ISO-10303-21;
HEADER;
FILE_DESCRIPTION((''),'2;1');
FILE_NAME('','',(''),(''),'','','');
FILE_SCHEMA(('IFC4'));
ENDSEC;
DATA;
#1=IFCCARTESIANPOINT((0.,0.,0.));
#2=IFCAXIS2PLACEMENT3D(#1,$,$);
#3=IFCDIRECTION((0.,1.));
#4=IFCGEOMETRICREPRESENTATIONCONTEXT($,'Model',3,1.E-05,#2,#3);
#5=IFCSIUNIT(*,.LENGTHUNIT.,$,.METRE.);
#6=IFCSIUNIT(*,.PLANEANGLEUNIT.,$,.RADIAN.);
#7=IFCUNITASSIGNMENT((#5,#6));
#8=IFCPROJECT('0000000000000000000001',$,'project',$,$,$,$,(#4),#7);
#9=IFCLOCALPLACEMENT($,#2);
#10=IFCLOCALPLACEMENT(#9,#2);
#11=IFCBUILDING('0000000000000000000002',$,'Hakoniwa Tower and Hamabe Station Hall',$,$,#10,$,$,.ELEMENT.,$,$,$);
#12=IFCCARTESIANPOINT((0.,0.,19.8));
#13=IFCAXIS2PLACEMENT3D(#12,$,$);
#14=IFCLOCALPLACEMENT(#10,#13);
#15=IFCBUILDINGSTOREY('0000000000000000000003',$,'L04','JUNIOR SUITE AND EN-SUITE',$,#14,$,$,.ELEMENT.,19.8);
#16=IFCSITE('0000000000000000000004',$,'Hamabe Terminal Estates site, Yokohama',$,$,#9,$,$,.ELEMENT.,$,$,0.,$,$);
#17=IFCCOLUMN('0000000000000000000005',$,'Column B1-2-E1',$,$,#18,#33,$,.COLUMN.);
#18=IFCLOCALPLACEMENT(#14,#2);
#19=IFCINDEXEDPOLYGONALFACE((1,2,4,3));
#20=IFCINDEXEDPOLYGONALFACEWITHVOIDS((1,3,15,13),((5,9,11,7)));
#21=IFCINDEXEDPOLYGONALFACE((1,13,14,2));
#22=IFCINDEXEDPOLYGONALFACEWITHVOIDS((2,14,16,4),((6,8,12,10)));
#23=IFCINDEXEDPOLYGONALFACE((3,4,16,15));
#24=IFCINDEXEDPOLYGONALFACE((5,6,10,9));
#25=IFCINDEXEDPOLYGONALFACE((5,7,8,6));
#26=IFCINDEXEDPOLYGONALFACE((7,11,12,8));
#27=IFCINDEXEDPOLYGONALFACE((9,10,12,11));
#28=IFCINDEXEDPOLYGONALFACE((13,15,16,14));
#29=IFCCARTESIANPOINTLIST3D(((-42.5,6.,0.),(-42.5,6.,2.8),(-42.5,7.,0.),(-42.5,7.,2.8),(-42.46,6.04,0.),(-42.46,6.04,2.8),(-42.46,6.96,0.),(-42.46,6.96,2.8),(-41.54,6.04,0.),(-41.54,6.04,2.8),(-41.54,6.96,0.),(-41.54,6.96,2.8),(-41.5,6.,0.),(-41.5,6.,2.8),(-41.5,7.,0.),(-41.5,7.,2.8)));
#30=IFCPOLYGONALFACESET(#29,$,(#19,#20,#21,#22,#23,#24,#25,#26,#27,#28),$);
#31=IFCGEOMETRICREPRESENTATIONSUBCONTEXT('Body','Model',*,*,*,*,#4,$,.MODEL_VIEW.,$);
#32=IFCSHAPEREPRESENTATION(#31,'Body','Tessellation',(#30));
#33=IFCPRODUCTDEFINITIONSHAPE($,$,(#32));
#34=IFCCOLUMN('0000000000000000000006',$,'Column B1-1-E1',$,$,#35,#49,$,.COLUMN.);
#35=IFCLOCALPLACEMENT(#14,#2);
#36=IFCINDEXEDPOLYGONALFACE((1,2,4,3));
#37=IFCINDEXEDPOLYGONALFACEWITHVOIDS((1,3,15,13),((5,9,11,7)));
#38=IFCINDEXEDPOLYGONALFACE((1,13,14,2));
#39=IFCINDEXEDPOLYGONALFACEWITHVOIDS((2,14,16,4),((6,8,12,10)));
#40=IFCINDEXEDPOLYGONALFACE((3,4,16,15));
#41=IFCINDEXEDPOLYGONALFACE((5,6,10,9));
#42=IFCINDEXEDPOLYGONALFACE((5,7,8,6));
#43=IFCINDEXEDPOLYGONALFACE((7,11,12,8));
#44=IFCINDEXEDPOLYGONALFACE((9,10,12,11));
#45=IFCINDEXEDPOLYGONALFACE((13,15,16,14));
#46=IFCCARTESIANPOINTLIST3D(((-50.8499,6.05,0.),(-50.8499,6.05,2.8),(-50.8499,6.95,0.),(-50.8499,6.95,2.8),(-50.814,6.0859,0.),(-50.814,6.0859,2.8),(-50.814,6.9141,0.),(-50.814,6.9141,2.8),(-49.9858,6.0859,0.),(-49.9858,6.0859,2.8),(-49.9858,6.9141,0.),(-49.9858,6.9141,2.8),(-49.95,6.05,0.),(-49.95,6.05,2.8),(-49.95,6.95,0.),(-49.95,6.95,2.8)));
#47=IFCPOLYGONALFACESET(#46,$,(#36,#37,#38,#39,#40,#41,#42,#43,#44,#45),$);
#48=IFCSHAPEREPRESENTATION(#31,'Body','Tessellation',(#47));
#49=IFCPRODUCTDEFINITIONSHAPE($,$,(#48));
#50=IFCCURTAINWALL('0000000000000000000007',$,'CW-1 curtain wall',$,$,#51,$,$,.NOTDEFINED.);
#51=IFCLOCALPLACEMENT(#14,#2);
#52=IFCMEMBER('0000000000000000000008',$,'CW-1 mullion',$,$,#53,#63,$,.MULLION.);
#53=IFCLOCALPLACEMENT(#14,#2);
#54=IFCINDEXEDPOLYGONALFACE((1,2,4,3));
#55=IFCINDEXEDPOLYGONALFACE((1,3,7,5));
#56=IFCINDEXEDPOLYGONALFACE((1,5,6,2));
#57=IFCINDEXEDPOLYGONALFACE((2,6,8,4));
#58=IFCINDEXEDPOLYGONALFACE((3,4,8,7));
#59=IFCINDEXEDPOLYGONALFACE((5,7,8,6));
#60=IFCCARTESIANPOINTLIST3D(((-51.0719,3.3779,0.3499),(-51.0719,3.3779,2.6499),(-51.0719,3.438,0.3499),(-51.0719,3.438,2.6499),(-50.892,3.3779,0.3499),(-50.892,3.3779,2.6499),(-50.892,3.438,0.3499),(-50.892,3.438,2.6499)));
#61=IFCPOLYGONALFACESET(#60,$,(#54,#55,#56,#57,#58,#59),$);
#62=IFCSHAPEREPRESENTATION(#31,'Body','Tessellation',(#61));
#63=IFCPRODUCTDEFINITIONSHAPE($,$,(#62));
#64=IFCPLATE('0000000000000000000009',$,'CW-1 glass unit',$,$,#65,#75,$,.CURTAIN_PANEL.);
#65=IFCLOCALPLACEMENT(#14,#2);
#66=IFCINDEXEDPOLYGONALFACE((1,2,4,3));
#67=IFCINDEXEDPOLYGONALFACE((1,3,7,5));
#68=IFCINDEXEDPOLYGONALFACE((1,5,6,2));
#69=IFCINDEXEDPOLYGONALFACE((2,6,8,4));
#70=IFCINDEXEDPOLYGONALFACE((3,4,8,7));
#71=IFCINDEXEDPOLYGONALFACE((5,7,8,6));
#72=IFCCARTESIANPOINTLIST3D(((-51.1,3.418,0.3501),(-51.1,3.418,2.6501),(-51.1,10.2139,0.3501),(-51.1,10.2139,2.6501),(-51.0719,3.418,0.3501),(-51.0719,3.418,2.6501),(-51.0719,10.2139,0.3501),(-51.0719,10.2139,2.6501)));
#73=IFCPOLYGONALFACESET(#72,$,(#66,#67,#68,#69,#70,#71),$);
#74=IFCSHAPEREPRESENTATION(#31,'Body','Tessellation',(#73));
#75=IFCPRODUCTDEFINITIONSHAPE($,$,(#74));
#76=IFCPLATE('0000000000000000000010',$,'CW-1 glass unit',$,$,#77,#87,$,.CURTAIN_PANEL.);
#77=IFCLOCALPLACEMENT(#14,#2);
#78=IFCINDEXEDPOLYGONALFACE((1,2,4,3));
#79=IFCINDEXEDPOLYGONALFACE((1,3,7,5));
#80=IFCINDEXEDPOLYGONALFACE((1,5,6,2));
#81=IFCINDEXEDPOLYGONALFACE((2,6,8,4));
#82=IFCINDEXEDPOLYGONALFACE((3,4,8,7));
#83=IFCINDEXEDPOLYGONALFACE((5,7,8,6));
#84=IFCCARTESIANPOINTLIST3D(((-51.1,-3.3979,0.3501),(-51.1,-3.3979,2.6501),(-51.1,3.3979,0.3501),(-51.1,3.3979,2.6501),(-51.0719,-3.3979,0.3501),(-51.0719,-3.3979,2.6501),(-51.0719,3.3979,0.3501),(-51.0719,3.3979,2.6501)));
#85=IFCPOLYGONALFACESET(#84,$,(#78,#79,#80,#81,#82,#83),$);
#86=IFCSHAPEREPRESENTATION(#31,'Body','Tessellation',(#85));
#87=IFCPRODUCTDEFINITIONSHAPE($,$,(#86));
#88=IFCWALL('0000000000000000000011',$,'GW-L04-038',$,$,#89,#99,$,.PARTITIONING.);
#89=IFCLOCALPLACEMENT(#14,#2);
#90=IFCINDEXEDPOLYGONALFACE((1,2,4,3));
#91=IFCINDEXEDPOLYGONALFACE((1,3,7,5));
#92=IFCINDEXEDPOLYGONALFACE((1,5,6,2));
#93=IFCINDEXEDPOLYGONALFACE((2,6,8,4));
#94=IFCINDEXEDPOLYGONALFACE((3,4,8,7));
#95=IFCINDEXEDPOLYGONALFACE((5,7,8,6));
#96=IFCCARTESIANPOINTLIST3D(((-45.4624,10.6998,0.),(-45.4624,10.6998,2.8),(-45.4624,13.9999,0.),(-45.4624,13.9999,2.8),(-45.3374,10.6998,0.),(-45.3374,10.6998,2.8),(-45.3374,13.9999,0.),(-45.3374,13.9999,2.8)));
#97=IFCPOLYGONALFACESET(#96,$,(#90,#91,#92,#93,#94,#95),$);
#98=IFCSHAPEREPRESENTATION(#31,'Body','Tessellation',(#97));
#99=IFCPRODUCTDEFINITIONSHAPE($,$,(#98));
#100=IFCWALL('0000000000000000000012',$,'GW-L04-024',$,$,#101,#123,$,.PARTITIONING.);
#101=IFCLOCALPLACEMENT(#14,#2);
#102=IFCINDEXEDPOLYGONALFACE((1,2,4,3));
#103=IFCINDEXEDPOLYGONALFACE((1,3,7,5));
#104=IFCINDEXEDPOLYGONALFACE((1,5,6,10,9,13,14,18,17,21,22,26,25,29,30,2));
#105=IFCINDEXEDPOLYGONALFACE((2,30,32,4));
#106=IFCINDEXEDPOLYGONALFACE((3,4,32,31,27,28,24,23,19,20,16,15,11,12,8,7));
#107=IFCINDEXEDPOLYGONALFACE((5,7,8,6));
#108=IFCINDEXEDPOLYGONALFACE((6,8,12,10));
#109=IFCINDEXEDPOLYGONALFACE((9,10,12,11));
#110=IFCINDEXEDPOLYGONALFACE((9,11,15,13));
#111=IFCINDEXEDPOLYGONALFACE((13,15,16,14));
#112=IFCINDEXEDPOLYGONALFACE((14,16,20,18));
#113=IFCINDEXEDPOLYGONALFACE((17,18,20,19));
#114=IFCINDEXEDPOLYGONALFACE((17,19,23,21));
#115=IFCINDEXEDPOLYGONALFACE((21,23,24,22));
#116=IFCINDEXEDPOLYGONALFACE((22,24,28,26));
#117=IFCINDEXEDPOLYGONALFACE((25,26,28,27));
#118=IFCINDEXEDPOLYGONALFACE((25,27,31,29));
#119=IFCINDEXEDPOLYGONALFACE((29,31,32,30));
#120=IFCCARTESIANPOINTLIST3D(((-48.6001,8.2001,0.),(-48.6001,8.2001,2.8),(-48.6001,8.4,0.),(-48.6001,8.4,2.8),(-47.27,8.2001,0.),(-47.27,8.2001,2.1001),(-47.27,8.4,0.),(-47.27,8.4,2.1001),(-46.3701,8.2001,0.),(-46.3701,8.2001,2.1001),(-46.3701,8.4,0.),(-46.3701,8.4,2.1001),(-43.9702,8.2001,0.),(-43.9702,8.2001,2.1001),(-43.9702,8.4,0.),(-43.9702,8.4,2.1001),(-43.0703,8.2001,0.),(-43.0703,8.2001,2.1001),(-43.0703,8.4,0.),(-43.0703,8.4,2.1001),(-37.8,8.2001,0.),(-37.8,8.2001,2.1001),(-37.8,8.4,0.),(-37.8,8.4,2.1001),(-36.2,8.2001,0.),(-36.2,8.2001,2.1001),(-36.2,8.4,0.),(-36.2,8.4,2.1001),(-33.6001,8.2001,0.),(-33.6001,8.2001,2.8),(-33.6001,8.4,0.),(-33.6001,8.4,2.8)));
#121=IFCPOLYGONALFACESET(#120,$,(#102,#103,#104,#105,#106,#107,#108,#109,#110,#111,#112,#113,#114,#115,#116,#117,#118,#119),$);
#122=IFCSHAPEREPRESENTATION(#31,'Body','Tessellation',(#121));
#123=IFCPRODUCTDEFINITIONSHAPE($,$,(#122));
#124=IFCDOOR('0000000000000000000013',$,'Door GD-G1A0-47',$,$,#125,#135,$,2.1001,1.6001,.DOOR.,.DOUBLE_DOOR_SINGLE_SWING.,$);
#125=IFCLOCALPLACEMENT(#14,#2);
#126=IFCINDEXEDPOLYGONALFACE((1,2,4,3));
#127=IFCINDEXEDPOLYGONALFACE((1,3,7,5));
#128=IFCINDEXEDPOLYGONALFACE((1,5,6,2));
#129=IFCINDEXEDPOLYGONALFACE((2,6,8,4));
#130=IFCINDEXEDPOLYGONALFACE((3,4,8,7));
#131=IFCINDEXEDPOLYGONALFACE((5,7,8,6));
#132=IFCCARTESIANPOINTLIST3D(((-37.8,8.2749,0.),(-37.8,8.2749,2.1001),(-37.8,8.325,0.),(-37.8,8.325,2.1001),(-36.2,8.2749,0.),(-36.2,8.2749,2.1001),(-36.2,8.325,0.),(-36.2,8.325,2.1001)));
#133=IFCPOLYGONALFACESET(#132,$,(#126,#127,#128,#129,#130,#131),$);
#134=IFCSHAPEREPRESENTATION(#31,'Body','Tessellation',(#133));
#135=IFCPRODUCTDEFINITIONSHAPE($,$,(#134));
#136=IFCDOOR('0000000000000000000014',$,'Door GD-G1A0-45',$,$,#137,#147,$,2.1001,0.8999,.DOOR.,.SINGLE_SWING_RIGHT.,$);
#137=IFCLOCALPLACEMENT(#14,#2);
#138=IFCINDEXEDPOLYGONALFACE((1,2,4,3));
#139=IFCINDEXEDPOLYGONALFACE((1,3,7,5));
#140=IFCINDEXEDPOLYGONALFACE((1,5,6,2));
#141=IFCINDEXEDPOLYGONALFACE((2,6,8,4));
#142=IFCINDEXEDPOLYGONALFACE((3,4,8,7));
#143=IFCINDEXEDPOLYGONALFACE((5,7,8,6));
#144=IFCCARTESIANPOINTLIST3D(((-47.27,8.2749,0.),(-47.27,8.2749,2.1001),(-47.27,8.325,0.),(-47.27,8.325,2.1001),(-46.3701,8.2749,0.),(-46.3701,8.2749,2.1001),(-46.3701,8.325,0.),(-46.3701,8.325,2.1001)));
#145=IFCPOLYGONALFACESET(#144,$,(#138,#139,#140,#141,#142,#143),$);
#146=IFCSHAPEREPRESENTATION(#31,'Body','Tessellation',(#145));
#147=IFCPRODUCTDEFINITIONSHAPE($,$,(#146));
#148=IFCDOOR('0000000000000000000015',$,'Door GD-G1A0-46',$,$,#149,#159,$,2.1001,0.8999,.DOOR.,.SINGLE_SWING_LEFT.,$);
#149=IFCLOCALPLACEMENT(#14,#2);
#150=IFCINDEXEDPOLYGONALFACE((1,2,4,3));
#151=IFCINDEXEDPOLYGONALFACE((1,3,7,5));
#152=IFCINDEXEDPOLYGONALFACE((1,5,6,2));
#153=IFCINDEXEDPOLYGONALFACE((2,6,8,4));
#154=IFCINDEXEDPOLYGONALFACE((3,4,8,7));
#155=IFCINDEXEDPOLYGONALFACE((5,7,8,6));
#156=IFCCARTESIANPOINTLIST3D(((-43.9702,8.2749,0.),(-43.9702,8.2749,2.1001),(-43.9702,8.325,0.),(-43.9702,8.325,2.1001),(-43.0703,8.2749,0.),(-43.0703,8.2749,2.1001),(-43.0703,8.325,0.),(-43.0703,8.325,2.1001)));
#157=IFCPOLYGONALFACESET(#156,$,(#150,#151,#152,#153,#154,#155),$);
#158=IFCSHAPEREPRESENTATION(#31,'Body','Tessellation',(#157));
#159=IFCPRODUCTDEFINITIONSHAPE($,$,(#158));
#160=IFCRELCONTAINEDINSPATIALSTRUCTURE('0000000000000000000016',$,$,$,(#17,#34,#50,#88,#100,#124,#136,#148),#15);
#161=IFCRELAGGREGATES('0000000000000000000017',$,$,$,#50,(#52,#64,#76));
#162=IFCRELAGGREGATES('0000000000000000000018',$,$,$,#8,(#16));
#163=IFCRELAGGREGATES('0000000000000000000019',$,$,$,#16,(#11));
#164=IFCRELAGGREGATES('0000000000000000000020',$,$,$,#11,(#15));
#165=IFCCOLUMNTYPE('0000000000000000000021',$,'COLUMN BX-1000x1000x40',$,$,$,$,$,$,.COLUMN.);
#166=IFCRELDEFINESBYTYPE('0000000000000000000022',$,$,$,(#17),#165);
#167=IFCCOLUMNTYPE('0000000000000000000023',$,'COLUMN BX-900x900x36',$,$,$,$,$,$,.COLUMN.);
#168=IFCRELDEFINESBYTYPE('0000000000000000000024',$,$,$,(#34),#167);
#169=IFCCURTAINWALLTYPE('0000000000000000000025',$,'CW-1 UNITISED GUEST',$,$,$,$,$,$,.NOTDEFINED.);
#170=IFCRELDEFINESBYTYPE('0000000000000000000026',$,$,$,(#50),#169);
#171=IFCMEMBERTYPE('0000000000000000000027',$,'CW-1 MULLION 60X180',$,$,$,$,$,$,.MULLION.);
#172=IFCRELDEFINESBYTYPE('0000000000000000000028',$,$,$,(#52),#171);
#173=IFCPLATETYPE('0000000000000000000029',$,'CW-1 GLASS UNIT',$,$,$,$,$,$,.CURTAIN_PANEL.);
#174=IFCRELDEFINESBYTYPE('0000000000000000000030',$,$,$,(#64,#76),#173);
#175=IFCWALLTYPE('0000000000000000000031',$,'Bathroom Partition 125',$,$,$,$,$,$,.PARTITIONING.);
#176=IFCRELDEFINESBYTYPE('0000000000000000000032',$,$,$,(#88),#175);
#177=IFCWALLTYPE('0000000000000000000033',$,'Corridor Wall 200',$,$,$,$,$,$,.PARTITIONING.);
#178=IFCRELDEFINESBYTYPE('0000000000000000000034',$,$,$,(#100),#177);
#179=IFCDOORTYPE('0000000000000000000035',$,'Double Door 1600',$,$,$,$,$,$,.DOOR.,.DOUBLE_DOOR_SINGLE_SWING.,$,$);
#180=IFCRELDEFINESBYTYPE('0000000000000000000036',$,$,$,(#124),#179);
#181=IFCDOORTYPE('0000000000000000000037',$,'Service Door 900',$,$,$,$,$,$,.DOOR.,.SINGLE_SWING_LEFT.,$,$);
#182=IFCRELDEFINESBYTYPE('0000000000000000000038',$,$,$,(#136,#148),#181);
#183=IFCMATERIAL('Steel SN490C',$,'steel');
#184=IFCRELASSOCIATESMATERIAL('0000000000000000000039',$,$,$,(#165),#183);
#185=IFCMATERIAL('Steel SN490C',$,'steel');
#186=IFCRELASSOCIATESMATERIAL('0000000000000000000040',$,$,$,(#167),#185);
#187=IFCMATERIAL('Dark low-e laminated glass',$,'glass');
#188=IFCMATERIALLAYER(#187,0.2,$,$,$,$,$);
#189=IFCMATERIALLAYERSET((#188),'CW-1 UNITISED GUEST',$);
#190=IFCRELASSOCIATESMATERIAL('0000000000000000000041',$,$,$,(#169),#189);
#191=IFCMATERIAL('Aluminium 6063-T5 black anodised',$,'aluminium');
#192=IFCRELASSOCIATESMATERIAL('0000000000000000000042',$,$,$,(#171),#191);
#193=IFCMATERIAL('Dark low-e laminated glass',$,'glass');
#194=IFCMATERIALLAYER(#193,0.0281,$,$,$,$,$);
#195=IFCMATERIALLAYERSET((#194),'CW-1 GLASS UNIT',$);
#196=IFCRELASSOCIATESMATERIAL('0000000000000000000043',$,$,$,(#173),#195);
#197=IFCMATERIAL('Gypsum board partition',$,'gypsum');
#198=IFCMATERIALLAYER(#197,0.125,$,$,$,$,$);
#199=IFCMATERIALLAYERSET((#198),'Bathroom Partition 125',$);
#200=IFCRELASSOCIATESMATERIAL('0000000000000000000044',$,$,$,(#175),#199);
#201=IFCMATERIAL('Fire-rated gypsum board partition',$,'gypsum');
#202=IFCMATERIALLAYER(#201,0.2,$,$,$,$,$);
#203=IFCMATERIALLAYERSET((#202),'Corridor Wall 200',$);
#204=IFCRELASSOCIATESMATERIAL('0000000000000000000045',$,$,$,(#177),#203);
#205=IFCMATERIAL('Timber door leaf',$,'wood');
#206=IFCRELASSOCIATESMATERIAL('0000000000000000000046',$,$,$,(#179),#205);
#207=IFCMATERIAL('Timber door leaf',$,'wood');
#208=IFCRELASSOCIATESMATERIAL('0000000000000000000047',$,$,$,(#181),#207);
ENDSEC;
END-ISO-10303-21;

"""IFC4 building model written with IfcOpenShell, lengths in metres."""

from ifc_helpers import new_model, si_unit, direction, frame, frame_2d, origin, origin_2d, place, context, subcontext, project, spatial, rectangle, hollow_rectangle, extrude, material, layer, layer_set, material_profile, profile_set, type_object, element, fill, aggregate, save


model = new_model("IFC4")

# Units and contexts
model_context = context("Model", 3, precision=1e-05, world=origin(), true_north=direction((0.0, 1.0)))
body_context = subcontext(model_context, "Body", "Model", "MODEL_VIEW")
ifc_project = project(units=[si_unit("LENGTHUNIT", "METRE"), si_unit("PLANEANGLEUNIT", "RADIAN")], contexts=[model_context])

# Site, building, storey
site_placement = place(None, origin())
site = spatial("IfcSite", under=ifc_project, at=site_placement, Name="Hamabe Terminal Estates site, Yokohama", CompositionType="ELEMENT", RefElevation=0.0)
building_placement = place(site_placement, origin())
building = spatial("IfcBuilding", under=site, at=building_placement, Name="Hakoniwa Tower and Hamabe Station Hall", CompositionType="ELEMENT")
storey_placement = place(building_placement, frame((0.0, 0.0, 19.8)))
storey = spatial("IfcBuildingStorey", under=building, at=storey_placement, Name="L04", Description="JUNIOR SUITE AND EN-SUITE", CompositionType="ELEMENT", Elevation=19.8)

# Columns
ifc_material_1 = material(Name="Steel SN490C", Category="steel")
ifc_material_profile_1 = material_profile(ifc_material_1, hollow_rectangle(XDim=1.0, YDim=1.0, WallThickness=0.04, at=origin_2d()), Name="BX-1000x1000x40")
ifc_profile_set_1 = profile_set([ifc_material_profile_1], Name="Steel SN490C")
column_type_1 = type_object("IfcColumnType", Name="COLUMN BX-1000x1000x40", PredefinedType="COLUMN", material=ifc_profile_set_1)
column_1_placement = place(storey_placement, frame((-42.0, 6.5, 0.0), z_axis=(0.0, 0.0, 1.0), x_axis=(1.0, 0.0, 0.0)))
element("IfcColumn", 1, at=column_1_placement, inside=storey, type_object=column_type_1, Name="Column B1-2-E1", PredefinedType="COLUMN", context=body_context, shape_type="SweptSolid", body=[
    extrude(hollow_rectangle(XDim=1.0, YDim=1.0, WallThickness=0.04, at=origin_2d()), origin(), (0.0, 0.0, 1.0), 2.8),
])
ifc_material_2 = material(Name="Steel SN490C", Category="steel")
ifc_material_profile_2 = material_profile(ifc_material_2, hollow_rectangle(XDim=0.8999, YDim=0.8999, WallThickness=0.0359, at=origin_2d()), Name="BX-900x900x36")
ifc_profile_set_2 = profile_set([ifc_material_profile_2], Name="Steel SN490C")
column_type_2 = type_object("IfcColumnType", Name="COLUMN BX-900x900x36", PredefinedType="COLUMN", material=ifc_profile_set_2)
column_2_placement = place(storey_placement, frame((-50.3999, 6.5, 0.0), z_axis=(0.0, 0.0, 1.0), x_axis=(1.0, 0.0, 0.0)))
element("IfcColumn", 2, at=column_2_placement, inside=storey, type_object=column_type_2, Name="Column B1-1-E1", PredefinedType="COLUMN", context=body_context, shape_type="SweptSolid", body=[
    extrude(hollow_rectangle(XDim=0.8999, YDim=0.8999, WallThickness=0.0359, at=origin_2d()), origin(), (0.0, 0.0, 1.0), 2.8),
])

# Curtain wall, member, plates
ifc_material_3 = material(Name="Dark low-e laminated glass", Category="glass")
ifc_layer_1 = layer(ifc_material_3, 0.2)
ifc_layer_set_1 = layer_set([ifc_layer_1], Name="CW-1 UNITISED GUEST")
curtain_wall_type = type_object("IfcCurtainWallType", Name="CW-1 UNITISED GUEST", PredefinedType="NOTDEFINED", material=ifc_layer_set_1)
curtain_wall_placement = place(storey_placement, origin())
curtain_wall = element("IfcCurtainWall", 3, at=curtain_wall_placement, inside=storey, type_object=curtain_wall_type, Name="CW-1 curtain wall", PredefinedType="NOTDEFINED")
ifc_material_4 = material(Name="Aluminium 6063-T5 black anodised", Category="aluminium")
ifc_material_profile_3 = material_profile(ifc_material_4, rectangle(XDim=0.0601, YDim=0.1799, at=origin_2d()), Name="CW-1 MULLION 60X180")
ifc_profile_set_3 = profile_set([ifc_material_profile_3], Name="Aluminium 6063-T5 black anodised")
member_type = type_object("IfcMemberType", Name="CW-1 MULLION 60X180", PredefinedType="MULLION", material=ifc_profile_set_3)
member_placement = place(storey_placement, frame((-50.9819, 3.408, 0.3499), z_axis=(0.0, 0.0, 1.0), x_axis=(0.0, -1.0, 0.0)))
member = element("IfcMember", 4, at=member_placement, type_object=member_type, Name="CW-1 mullion", PredefinedType="MULLION", context=body_context, shape_type="SweptSolid", body=[
    extrude(rectangle(XDim=0.0601, YDim=0.1799, at=origin_2d()), origin(), (0.0, 0.0, 1.0), 2.3),
])
ifc_material_5 = material(Name="Dark low-e laminated glass", Category="glass")
ifc_layer_2 = layer(ifc_material_5, 0.0281)
ifc_layer_set_2 = layer_set([ifc_layer_2], Name="CW-1 GLASS UNIT")
plate_type = type_object("IfcPlateType", Name="CW-1 GLASS UNIT", PredefinedType="CURTAIN_PANEL", material=ifc_layer_set_2)
plate_1_placement = place(storey_placement, frame((-51.0859, 6.8159, 0.3501), z_axis=(0.0, 0.0, 1.0), x_axis=(0.0, -1.0, 0.0)))
plate_1 = element("IfcPlate", 5, at=plate_1_placement, type_object=plate_type, Name="CW-1 glass unit", PredefinedType="CURTAIN_PANEL", context=body_context, shape_type="SweptSolid", body=[
    extrude(rectangle(XDim=6.7959, YDim=0.0281, at=origin_2d()), origin(), (0.0, 0.0, 1.0), 2.3),
])
plate_2_placement = place(storey_placement, frame((-51.0859, 0.0, 0.3501), z_axis=(0.0, 0.0, 1.0), x_axis=(0.0, -1.0, 0.0)))
plate_2 = element("IfcPlate", 6, at=plate_2_placement, type_object=plate_type, Name="CW-1 glass unit", PredefinedType="CURTAIN_PANEL", context=body_context, shape_type="SweptSolid", body=[
    extrude(rectangle(XDim=6.7959, YDim=0.0281, at=origin_2d()), origin(), (0.0, 0.0, 1.0), 2.3),
])
aggregate(curtain_wall, [member, plate_1, plate_2])

# Wall
ifc_material_6 = material(Name="Gypsum board partition", Category="gypsum")
ifc_layer_3 = layer(ifc_material_6, 0.125)
ifc_layer_set_3 = layer_set([ifc_layer_3], Name="Bathroom Partition 125")
wall_type_1 = type_object("IfcWallType", Name="Bathroom Partition 125", PredefinedType="PARTITIONING", material=ifc_layer_set_3)
wall_1_placement = place(storey_placement, frame((-45.3999, 10.7, 0.0), z_axis=(0.0, 0.0, 1.0), x_axis=(0.0, 1.0, 0.0)))
element("IfcWall", 7, at=wall_1_placement, inside=storey, type_object=wall_type_1, Name="GW-L04-038", PredefinedType="PARTITIONING", context=body_context, shape_type="SweptSolid", body=[
    extrude(rectangle(XDim=3.3, YDim=0.125, at=frame_2d((1.6499, 0.0))), origin(), (0.0, 0.0, 1.0), 2.8),
])

# Wall, openings, doors
ifc_material_7 = material(Name="Fire-rated gypsum board partition", Category="gypsum")
ifc_layer_4 = layer(ifc_material_7, 0.2)
ifc_layer_set_4 = layer_set([ifc_layer_4], Name="Corridor Wall 200")
wall_type_2 = type_object("IfcWallType", Name="Corridor Wall 200", PredefinedType="PARTITIONING", material=ifc_layer_set_4)
wall_2_placement = place(storey_placement, frame((-48.6001, 8.3, 0.0), z_axis=(0.0, 0.0, 1.0), x_axis=(1.0, 0.0, 0.0)))
wall_2 = element("IfcWall", 8, at=wall_2_placement, inside=storey, type_object=wall_type_2, Name="GW-L04-024", PredefinedType="PARTITIONING", context=body_context, shape_type="SweptSolid", body=[
    extrude(rectangle(XDim=15.0, YDim=0.2, at=frame_2d((7.5, 0.0))), origin(), (0.0, 0.0, 1.0), 2.8),
])
opening_1_placement = place(wall_2_placement, frame((1.3301, 0.0, 0.0)))
opening_1 = element("IfcOpeningElement", 9, at=opening_1_placement, cuts=wall_2, PredefinedType="OPENING", context=body_context, shape_type="SweptSolid", body=[
    extrude(rectangle(XDim=0.8999, YDim=2.1001, at=frame_2d((0.45, 1.05))), frame((0.0, 0.1099, 0.0), z_axis=(0.0, -1.0, 0.0), x_axis=(1.0, 0.0, 0.0)), (0.0, 0.0, 1.0), 0.22),
])
opening_2_placement = place(wall_2_placement, frame((4.6299, 0.0, 0.0)))
opening_2 = element("IfcOpeningElement", 10, at=opening_2_placement, cuts=wall_2, PredefinedType="OPENING", context=body_context, shape_type="SweptSolid", body=[
    extrude(rectangle(XDim=0.8999, YDim=2.1001, at=frame_2d((0.45, 1.05))), frame((0.0, 0.1099, 0.0), z_axis=(0.0, -1.0, 0.0), x_axis=(1.0, 0.0, 0.0)), (0.0, 0.0, 1.0), 0.22),
])
opening_3_placement = place(wall_2_placement, frame((10.8, 0.0, 0.0)))
opening_3 = element("IfcOpeningElement", 11, at=opening_3_placement, cuts=wall_2, PredefinedType="OPENING", context=body_context, shape_type="SweptSolid", body=[
    extrude(rectangle(XDim=1.6001, YDim=2.1001, at=frame_2d((0.8, 1.05))), frame((0.0, 0.1099, 0.0), z_axis=(0.0, -1.0, 0.0), x_axis=(1.0, 0.0, 0.0)), (0.0, 0.0, 1.0), 0.22),
])
ifc_material_8 = material(Name="Timber door leaf", Category="wood")
door_type_1 = type_object("IfcDoorType", Name="Double Door 1600", OperationType="DOUBLE_DOOR_SINGLE_SWING", PredefinedType="DOOR", material=ifc_material_8)
door_1_placement = place(opening_3_placement, origin())
door_1 = element("IfcDoor", 12, at=door_1_placement, inside=storey, type_object=door_type_1, Name="Door GD-G1A0-47", OperationType="DOUBLE_DOOR_SINGLE_SWING", OverallHeight=2.1001, OverallWidth=1.6001, PredefinedType="DOOR", context=body_context, shape_type="SweptSolid", body=[
    extrude(rectangle(XDim=1.6001, YDim=2.1001, at=frame_2d((0.8, 1.05))), frame((0.0, 0.0249, 0.0), z_axis=(0.0, -1.0, 0.0), x_axis=(1.0, 0.0, 0.0)), (0.0, 0.0, 1.0), 0.05),
])
fill(opening_3, door_1)
ifc_material_9 = material(Name="Timber door leaf", Category="wood")
door_type_2 = type_object("IfcDoorType", Name="Service Door 900", OperationType="SINGLE_SWING_LEFT", PredefinedType="DOOR", material=ifc_material_9)
door_2_placement = place(opening_1_placement, origin())
door_2 = element("IfcDoor", 13, at=door_2_placement, inside=storey, type_object=door_type_2, Name="Door GD-G1A0-45", OperationType="SINGLE_SWING_RIGHT", OverallHeight=2.1001, OverallWidth=0.8999, PredefinedType="DOOR", context=body_context, shape_type="SweptSolid", body=[
    extrude(rectangle(XDim=0.8999, YDim=2.1001, at=frame_2d((0.45, 1.05))), frame((0.0, 0.0249, 0.0), z_axis=(0.0, -1.0, 0.0), x_axis=(1.0, 0.0, 0.0)), (0.0, 0.0, 1.0), 0.05),
])
fill(opening_1, door_2)
door_3_placement = place(opening_2_placement, origin())
door_3 = element("IfcDoor", 14, at=door_3_placement, inside=storey, type_object=door_type_2, Name="Door GD-G1A0-46", OperationType="SINGLE_SWING_LEFT", OverallHeight=2.1001, OverallWidth=0.8999, PredefinedType="DOOR", context=body_context, shape_type="SweptSolid", body=[
    extrude(rectangle(XDim=0.8999, YDim=2.1001, at=frame_2d((0.45, 1.05))), frame((0.0, 0.0249, 0.0), z_axis=(0.0, -1.0, 0.0), x_axis=(1.0, 0.0, 0.0)), (0.0, 0.0, 1.0), 0.05),
])
fill(opening_2, door_3)

save(model, "model.ifc")
